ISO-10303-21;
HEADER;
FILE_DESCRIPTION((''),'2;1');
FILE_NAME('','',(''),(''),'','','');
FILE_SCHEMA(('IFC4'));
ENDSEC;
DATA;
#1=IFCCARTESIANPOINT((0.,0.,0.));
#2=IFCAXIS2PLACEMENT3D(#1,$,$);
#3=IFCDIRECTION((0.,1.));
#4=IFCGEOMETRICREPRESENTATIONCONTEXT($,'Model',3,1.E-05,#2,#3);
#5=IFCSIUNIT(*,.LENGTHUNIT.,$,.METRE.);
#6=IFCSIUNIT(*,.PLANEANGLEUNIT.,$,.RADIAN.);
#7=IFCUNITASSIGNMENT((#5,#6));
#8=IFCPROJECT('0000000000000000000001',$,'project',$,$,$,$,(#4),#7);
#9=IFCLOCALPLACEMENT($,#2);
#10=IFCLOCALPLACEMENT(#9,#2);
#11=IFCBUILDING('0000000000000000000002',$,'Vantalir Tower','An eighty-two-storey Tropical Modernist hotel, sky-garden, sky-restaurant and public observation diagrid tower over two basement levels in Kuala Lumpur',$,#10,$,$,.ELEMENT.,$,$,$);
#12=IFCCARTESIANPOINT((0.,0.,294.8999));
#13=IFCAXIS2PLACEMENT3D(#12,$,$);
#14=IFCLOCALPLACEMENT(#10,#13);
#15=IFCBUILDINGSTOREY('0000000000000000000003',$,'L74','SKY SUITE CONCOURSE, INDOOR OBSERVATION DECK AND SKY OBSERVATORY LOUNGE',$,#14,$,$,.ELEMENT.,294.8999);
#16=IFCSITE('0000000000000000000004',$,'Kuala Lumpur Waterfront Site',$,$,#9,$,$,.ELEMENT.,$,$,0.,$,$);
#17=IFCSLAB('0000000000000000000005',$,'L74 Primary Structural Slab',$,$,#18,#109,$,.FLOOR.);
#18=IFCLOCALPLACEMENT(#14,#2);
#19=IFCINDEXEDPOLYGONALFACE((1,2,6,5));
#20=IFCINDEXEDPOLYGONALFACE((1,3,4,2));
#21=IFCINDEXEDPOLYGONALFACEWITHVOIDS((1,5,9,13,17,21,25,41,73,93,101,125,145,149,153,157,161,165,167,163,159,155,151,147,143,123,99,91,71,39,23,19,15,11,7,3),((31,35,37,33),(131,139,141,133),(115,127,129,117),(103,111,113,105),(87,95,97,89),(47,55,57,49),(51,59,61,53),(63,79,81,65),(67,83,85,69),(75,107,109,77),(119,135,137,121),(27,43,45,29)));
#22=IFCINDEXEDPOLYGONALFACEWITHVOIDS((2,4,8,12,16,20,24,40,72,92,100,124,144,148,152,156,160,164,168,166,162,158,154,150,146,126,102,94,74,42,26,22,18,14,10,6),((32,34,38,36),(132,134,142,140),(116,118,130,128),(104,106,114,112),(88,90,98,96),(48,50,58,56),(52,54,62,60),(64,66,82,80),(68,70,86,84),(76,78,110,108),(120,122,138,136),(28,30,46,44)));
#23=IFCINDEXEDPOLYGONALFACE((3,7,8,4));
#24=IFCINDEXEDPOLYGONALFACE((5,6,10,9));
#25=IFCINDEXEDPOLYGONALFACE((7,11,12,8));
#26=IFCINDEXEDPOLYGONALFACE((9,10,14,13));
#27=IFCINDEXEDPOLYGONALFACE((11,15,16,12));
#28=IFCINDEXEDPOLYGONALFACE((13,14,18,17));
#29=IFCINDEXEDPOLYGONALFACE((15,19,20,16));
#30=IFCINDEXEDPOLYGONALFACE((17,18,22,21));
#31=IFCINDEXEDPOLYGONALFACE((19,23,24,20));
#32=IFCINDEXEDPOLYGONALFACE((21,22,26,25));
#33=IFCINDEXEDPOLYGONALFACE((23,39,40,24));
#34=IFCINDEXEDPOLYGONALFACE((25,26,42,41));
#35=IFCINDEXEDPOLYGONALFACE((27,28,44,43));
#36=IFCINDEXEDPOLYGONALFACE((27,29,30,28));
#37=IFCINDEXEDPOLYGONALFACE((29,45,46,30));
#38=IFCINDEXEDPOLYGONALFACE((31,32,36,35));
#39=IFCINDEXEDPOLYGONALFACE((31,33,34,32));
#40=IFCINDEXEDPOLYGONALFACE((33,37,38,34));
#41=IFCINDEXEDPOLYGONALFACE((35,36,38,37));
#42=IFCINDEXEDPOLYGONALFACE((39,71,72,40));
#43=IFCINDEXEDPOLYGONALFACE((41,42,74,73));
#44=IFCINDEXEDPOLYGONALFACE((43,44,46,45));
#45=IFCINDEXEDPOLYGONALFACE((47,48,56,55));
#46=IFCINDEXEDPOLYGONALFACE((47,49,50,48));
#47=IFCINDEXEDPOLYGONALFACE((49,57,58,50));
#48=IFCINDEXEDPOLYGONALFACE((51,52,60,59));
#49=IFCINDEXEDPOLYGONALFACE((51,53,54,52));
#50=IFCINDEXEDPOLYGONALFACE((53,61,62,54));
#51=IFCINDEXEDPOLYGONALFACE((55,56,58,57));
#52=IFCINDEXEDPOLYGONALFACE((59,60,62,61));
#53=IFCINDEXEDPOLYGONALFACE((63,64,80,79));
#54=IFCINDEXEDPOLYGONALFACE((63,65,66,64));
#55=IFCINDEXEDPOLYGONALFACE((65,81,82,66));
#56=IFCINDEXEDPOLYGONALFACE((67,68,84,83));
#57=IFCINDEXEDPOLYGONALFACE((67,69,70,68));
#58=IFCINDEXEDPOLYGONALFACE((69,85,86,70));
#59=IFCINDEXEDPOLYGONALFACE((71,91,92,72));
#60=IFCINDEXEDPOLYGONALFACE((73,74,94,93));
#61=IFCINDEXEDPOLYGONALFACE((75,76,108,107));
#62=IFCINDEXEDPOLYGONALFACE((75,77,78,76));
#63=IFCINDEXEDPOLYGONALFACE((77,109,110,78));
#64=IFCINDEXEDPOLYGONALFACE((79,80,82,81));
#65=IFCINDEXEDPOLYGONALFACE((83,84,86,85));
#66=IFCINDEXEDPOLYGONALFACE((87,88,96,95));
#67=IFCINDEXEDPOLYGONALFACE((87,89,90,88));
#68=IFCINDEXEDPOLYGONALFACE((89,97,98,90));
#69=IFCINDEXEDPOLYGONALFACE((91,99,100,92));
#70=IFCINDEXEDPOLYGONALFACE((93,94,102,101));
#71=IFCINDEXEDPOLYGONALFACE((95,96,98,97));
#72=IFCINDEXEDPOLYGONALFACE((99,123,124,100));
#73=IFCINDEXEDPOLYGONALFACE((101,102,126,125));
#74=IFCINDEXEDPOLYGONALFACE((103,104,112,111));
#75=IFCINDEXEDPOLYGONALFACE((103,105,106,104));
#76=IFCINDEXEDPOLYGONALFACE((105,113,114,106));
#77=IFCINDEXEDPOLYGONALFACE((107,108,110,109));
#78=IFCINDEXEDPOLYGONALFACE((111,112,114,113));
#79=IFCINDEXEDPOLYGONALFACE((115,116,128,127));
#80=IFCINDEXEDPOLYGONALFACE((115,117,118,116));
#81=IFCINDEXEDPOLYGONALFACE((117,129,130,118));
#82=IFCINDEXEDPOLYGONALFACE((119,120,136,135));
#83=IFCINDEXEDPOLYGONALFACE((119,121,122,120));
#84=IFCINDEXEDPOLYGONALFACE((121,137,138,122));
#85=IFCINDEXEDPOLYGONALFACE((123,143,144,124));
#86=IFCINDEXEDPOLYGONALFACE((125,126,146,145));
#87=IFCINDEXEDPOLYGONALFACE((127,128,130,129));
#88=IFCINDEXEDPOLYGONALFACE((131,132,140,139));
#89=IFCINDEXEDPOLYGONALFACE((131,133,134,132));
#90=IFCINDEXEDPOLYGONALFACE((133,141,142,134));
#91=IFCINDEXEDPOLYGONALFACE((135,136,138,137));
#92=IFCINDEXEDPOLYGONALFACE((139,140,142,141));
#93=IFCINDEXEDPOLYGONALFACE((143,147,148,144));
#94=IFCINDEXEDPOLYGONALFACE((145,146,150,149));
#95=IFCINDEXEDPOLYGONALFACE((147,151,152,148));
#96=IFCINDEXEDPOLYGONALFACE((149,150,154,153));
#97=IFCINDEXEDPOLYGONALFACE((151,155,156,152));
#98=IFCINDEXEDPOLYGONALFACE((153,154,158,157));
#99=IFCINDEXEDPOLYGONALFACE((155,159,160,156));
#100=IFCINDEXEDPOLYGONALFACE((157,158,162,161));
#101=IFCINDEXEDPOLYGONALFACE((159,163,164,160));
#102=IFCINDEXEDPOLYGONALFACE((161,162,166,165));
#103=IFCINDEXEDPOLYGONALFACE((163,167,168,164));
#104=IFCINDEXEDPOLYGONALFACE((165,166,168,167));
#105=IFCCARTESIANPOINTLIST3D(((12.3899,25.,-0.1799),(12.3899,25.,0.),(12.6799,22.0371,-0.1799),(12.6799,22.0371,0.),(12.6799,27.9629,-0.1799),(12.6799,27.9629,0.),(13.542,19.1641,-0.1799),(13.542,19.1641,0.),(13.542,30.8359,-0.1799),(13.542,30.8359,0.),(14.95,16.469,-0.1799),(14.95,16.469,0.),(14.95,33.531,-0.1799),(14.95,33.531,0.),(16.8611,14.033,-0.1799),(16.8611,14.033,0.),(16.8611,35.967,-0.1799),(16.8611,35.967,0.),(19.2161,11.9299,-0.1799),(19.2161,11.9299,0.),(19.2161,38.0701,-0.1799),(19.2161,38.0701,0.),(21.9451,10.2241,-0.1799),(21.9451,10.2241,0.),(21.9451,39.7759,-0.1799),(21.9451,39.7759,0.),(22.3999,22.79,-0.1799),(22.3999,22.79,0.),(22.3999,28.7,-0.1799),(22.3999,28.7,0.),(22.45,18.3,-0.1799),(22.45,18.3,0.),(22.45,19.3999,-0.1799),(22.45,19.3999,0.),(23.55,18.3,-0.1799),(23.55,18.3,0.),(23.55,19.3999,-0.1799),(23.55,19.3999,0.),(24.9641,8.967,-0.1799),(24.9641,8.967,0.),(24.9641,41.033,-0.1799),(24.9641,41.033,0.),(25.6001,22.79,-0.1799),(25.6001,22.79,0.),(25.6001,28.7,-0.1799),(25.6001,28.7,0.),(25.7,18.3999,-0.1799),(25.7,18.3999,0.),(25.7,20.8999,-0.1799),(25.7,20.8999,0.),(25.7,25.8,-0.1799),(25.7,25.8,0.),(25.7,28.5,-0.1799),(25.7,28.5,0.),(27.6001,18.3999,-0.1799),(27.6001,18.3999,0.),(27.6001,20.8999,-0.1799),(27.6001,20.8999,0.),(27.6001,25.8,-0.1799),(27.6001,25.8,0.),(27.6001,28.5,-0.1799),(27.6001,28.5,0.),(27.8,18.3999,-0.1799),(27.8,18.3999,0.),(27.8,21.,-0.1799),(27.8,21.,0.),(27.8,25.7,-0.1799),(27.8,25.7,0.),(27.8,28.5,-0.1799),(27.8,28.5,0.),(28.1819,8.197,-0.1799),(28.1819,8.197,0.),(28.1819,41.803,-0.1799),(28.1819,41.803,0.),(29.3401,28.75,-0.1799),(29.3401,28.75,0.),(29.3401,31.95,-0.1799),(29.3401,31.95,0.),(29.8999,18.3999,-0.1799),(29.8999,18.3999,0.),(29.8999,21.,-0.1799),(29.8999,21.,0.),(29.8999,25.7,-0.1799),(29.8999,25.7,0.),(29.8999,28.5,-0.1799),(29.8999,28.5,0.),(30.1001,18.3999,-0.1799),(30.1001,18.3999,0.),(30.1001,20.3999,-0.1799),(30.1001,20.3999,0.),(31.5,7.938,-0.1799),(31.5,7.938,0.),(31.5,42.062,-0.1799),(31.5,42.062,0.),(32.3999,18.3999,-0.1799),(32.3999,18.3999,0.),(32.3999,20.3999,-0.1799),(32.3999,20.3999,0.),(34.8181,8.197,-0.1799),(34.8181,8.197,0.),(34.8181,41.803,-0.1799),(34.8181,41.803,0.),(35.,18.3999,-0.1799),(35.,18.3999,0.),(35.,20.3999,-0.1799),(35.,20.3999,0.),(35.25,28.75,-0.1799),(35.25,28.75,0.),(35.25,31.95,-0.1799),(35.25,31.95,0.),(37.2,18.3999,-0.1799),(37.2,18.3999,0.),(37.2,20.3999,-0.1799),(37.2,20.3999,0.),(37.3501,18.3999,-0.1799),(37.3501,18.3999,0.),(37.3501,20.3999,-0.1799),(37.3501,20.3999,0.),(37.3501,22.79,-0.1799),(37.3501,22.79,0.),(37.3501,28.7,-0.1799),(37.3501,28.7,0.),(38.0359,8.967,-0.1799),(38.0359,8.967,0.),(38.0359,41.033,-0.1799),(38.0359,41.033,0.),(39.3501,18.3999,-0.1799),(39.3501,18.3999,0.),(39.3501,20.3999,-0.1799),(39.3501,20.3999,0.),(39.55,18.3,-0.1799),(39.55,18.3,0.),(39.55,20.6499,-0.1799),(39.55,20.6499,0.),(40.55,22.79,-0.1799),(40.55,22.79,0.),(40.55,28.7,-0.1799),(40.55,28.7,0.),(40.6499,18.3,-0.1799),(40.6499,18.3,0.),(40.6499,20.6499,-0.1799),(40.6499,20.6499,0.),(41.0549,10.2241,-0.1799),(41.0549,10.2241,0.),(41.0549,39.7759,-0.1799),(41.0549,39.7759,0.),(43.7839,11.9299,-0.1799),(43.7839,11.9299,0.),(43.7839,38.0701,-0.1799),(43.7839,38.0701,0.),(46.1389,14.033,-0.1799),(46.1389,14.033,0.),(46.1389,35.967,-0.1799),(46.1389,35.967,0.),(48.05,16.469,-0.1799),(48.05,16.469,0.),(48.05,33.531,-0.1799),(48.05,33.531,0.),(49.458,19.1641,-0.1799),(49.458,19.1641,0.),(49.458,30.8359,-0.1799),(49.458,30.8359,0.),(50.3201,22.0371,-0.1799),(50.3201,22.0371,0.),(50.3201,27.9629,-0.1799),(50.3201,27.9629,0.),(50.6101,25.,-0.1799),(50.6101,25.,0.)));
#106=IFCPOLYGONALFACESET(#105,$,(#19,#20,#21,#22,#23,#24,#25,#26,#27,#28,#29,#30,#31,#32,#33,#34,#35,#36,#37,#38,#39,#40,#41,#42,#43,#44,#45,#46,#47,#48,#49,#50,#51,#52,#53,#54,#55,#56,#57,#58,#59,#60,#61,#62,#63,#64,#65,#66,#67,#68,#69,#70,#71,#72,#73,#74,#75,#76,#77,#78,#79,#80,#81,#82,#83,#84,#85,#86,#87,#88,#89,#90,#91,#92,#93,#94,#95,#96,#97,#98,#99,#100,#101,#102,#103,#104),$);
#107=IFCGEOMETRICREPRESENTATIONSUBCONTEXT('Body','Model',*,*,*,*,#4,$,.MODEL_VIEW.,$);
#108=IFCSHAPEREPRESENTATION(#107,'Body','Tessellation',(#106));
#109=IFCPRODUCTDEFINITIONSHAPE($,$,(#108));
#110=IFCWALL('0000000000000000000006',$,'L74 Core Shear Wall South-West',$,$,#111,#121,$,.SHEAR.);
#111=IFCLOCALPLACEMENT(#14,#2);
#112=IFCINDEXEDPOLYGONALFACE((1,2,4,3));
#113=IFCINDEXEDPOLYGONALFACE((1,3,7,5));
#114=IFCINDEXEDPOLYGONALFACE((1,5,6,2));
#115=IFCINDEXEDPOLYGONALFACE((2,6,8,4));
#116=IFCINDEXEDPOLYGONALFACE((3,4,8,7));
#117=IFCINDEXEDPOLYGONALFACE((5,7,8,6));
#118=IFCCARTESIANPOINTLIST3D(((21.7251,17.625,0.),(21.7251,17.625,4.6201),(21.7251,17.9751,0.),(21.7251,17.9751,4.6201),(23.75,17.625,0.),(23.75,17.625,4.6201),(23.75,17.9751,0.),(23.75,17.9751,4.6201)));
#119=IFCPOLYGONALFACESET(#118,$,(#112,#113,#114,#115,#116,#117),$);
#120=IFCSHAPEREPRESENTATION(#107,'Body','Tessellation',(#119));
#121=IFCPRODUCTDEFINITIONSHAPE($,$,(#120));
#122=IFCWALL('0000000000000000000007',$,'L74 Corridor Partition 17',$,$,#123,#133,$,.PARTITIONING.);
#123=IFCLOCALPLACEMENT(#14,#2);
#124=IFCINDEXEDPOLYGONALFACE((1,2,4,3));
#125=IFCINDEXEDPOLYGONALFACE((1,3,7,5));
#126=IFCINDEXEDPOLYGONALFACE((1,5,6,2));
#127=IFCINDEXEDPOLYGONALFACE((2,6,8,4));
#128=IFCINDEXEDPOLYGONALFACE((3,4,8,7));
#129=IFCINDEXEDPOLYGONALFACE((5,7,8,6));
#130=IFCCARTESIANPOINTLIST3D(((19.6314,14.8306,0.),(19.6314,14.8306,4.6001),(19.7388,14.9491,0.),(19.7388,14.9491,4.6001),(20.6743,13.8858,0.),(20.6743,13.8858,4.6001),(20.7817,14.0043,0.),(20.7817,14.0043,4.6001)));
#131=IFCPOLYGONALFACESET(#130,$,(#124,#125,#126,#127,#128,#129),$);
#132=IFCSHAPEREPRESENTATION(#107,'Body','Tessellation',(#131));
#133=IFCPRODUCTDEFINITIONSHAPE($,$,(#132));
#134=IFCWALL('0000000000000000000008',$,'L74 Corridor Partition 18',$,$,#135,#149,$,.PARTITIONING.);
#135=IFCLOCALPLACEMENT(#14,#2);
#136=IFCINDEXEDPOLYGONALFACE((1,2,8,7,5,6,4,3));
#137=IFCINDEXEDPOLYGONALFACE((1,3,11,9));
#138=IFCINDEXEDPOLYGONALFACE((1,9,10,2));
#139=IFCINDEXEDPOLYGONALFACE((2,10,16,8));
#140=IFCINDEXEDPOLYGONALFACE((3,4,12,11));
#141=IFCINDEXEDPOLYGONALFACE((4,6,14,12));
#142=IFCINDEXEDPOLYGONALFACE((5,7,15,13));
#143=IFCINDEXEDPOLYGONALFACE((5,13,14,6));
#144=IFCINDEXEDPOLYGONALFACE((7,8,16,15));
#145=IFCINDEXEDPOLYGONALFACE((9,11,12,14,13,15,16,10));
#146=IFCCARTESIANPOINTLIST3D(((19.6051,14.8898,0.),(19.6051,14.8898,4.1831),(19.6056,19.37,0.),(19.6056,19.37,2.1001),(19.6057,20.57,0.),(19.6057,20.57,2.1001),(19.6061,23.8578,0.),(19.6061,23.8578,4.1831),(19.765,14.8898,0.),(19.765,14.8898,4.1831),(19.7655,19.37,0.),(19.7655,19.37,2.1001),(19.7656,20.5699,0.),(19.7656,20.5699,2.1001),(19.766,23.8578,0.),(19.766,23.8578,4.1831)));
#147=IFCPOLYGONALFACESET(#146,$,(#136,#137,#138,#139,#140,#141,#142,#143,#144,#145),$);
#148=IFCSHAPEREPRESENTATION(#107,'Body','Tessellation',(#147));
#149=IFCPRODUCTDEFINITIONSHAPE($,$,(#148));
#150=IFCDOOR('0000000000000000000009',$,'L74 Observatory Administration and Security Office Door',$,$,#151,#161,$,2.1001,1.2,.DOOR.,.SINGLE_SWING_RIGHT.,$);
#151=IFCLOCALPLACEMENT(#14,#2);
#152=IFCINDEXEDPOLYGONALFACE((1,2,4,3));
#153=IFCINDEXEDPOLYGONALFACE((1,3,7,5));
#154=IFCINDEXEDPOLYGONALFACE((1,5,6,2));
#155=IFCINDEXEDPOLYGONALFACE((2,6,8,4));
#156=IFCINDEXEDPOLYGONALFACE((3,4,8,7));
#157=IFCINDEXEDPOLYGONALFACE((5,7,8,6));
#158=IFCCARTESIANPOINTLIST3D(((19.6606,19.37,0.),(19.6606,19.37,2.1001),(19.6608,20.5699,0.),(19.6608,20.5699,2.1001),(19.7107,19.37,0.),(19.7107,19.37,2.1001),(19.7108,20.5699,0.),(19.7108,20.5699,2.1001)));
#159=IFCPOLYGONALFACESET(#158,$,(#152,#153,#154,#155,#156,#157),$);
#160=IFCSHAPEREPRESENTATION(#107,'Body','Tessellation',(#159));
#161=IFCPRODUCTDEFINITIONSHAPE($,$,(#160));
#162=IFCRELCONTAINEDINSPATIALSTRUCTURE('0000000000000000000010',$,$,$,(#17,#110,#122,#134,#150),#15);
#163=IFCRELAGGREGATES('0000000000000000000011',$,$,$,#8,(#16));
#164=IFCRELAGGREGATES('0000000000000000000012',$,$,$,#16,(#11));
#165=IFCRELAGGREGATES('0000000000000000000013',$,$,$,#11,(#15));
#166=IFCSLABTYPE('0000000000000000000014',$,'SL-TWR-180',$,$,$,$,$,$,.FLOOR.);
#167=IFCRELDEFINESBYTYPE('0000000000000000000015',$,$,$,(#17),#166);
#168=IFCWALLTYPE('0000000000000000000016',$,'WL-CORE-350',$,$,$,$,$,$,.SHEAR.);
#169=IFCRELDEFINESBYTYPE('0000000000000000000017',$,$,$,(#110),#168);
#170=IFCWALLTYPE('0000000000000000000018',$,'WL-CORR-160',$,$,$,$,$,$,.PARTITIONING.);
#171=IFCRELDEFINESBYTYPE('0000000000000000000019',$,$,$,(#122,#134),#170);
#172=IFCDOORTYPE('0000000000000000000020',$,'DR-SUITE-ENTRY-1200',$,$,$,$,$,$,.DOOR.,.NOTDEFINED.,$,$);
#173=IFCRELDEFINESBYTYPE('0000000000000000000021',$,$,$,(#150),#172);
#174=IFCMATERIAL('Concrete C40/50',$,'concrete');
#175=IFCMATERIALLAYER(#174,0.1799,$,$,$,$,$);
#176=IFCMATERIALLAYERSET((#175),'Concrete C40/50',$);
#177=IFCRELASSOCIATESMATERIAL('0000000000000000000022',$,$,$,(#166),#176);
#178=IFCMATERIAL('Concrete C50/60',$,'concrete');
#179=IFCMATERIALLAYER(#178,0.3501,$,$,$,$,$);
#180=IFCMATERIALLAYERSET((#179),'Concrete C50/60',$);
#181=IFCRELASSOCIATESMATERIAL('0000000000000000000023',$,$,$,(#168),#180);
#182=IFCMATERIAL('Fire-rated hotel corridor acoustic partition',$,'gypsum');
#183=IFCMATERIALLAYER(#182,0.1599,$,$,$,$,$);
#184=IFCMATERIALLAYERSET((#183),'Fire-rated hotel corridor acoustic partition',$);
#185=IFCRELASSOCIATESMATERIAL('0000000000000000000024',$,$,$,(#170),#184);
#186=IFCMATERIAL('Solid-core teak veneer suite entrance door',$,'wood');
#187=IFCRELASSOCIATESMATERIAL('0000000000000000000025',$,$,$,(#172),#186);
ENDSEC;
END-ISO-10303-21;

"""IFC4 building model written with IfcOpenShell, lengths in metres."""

from ifc_helpers import new_model, si_unit, direction, frame, frame_2d, origin, place, context, subcontext, project, spatial, polyline, rectangle, outline, extrude, material, layer, layer_set, type_object, element, fill, save


model = new_model("IFC4")

# Units and contexts
model_context = context("Model", 3, precision=1e-05, world=origin(), true_north=direction((0.0, 1.0)))
body_context = subcontext(model_context, "Body", "Model", "MODEL_VIEW")
ifc_project = project(units=[si_unit("LENGTHUNIT", "METRE"), si_unit("PLANEANGLEUNIT", "RADIAN")], contexts=[model_context])

# Site, building, storey
site_placement = place(None, origin())
site = spatial("IfcSite", under=ifc_project, at=site_placement, Name="Kuala Lumpur Waterfront Site", CompositionType="ELEMENT", RefElevation=0.0)
building_placement = place(site_placement, origin())
building = spatial("IfcBuilding", under=site, at=building_placement, Name="Vantalir Tower", Description="An eighty-two-storey Tropical Modernist hotel, sky-garden, sky-restaurant and public observation diagrid tower over two basement levels in Kuala Lumpur", CompositionType="ELEMENT")
storey_placement = place(building_placement, frame((0.0, 0.0, 294.8999)))
storey = spatial("IfcBuildingStorey", under=building, at=storey_placement, Name="L74", Description="SKY SUITE CONCOURSE, INDOOR OBSERVATION DECK AND SKY OBSERVATORY LOUNGE", CompositionType="ELEMENT", Elevation=294.8999)

# Shared definitions
ifc_material_1 = material(Name="Concrete C50/60", Category="concrete")

# Shared definitions
ifc_material_2 = material(Name="Concrete C40/50", Category="concrete")

# Slab
ifc_layer_1 = layer(ifc_material_2, 0.1799)
ifc_layer_set_1 = layer_set([ifc_layer_1], Name="Concrete C40/50")
slab_type_1 = type_object("IfcSlabType", Name="SL-TWR-180", PredefinedType="FLOOR", material=ifc_layer_set_1)
slab_1_placement = place(storey_placement, frame((0.0, 0.0, -0.1799)))
element("IfcSlab", 1, at=slab_1_placement, inside=storey, type_object=slab_type_1, Name="L74 Primary Structural Slab", PredefinedType="FLOOR", context=body_context, shape_type="SweptSolid", body=[
    extrude(outline(polyline([(24.9641, 8.967), (28.1819, 8.197), (31.5, 7.938), (34.8181, 8.197), (38.0359, 8.967), (41.0549, 10.2241), (43.7839, 11.9299), (46.1389, 14.033), (48.05, 16.469), (49.458, 19.1641), (50.3201, 22.0371), (50.6101, 25.0), (50.3201, 27.9629), (49.458, 30.8359), (48.05, 33.531), (46.1389, 35.967), (43.7839, 38.0701), (41.0549, 39.7759), (38.0359, 41.033), (34.8181, 41.803), (31.5, 42.062), (28.1819, 41.803), (24.9641, 41.033), (21.9451, 39.7759), (19.2161, 38.0701), (16.8611, 35.967), (14.95, 33.531), (13.542, 30.8359), (12.6799, 27.9629), (12.3899, 25.0), (12.6799, 22.0371), (13.542, 19.1641), (14.95, 16.469), (16.8611, 14.033), (19.2161, 11.9299), (21.9451, 10.2241), (24.9641, 8.967)]), holes=[polyline([(22.3999, 22.79), (22.3999, 28.7), (25.6001, 28.7), (25.6001, 22.79), (22.3999, 22.79)]), polyline([(37.3501, 28.7), (40.55, 28.7), (40.55, 22.79), (37.3501, 22.79), (37.3501, 28.7)]), polyline([(35.25, 28.75), (29.3401, 28.75), (29.3401, 31.95), (35.25, 31.95), (35.25, 28.75)]), polyline([(27.6001, 18.3999), (25.7, 18.3999), (25.7, 20.8999), (27.6001, 20.8999), (27.6001, 18.3999)]), polyline([(25.7, 25.8), (25.7, 28.5), (27.6001, 28.5), (27.6001, 25.8), (25.7, 25.8)]), polyline([(27.8, 21.0), (29.8999, 21.0), (29.8999, 18.3999), (27.8, 18.3999), (27.8, 21.0)]), polyline([(29.8999, 28.5), (29.8999, 25.7), (27.8, 25.7), (27.8, 28.5), (29.8999, 28.5)]), polyline([(32.3999, 18.3999), (30.1001, 18.3999), (30.1001, 20.3999), (32.3999, 20.3999), (32.3999, 18.3999)]), polyline([(37.3501, 18.3999), (37.3501, 20.3999), (39.3501, 20.3999), (39.3501, 18.3999), (37.3501, 18.3999)]), polyline([(35.0, 20.3999), (37.2, 20.3999), (37.2, 18.3999), (35.0, 18.3999), (35.0, 20.3999)]), polyline([(23.55, 19.3999), (23.55, 18.3), (22.45, 18.3), (22.45, 19.3999), (23.55, 19.3999)]), polyline([(40.6499, 18.3), (39.55, 18.3), (39.55, 20.6499), (40.6499, 20.6499), (40.6499, 18.3)])]), origin(), (0.0, 0.0, 1.0), 0.1799),
])

# Walls
ifc_layer_2 = layer(ifc_material_1, 0.3501)
ifc_layer_set_2 = layer_set([ifc_layer_2], Name="Concrete C50/60")
wall_type_1 = type_object("IfcWallType", Name="WL-CORE-350", PredefinedType="SHEAR", material=ifc_layer_set_2)
wall_1_placement = place(storey_placement, frame((21.7251, 17.8, 0.0), z_axis=(0.0, 0.0, 1.0), x_axis=(1.0, 0.0, 0.0)))
element("IfcWall", 2, at=wall_1_placement, inside=storey, type_object=wall_type_1, Name="L74 Core Shear Wall South-West", PredefinedType="SHEAR", context=body_context, shape_type="SweptSolid", body=[
    extrude(rectangle(XDim=2.0249, YDim=0.3501, at=frame_2d((1.0125, 0.0))), origin(), (0.0, 0.0, 1.0), 4.6201),
])
ifc_material_3 = material(Name="Fire-rated hotel corridor acoustic partition", Category="gypsum")
ifc_layer_3 = layer(ifc_material_3, 0.1599)
ifc_layer_set_3 = layer_set([ifc_layer_3], Name="Fire-rated hotel corridor acoustic partition")
wall_type_2 = type_object("IfcWallType", Name="WL-CORR-160", PredefinedType="PARTITIONING", material=ifc_layer_set_3)
wall_2_placement = place(storey_placement, frame((20.728, 13.9451, 0.0), z_axis=(0.0, 0.0, 1.0), x_axis=(-0.741116, 0.671377, 0.0)))
element("IfcWall", 3, at=wall_2_placement, inside=storey, type_object=wall_type_2, Name="L74 Corridor Partition 17", PredefinedType="PARTITIONING", context=body_context, shape_type="SweptSolid", body=[
    extrude(rectangle(XDim=1.4072, YDim=0.1599, at=frame_2d((0.7036, 0.0))), origin(), (0.0, 0.0, 1.0), 4.6001),
])

# Wall, opening, door
wall_3_placement = place(storey_placement, frame((19.6851, 14.8899, 0.0), z_axis=(0.0, 0.0, 1.0), x_axis=(0.000109, 1.0, 0.0)))
wall_3 = element("IfcWall", 4, at=wall_3_placement, inside=storey, type_object=wall_type_2, Name="L74 Corridor Partition 18", PredefinedType="PARTITIONING", context=body_context, shape_type="SweptSolid", body=[
    extrude(rectangle(XDim=8.968, YDim=0.1599, at=frame_2d((4.4839, 0.0))), origin(), (0.0, 0.0, 1.0), 4.1831),
])
opening_placement = place(wall_3_placement, frame((4.48, 0.0, 0.0)))
opening = element("IfcOpeningElement", 5, at=opening_placement, cuts=wall_3, PredefinedType="OPENING", context=body_context, shape_type="SweptSolid", body=[
    extrude(rectangle(XDim=1.2, YDim=2.1001, at=frame_2d((0.6001, 1.05))), frame((0.0, 0.0898, 0.0), z_axis=(0.0, -1.0, 0.0), x_axis=(1.0, 0.0, 0.0)), (0.0, 0.0, 1.0), 0.1799),
])
ifc_material_4 = material(Name="Solid-core teak veneer suite entrance door", Category="wood")
door_type = type_object("IfcDoorType", Name="DR-SUITE-ENTRY-1200", OperationType="NOTDEFINED", PredefinedType="DOOR", material=ifc_material_4)
door_placement = place(opening_placement, origin())
door = element("IfcDoor", 6, at=door_placement, inside=storey, type_object=door_type, Name="L74 Observatory Administration and Security Office Door", OperationType="SINGLE_SWING_RIGHT", OverallHeight=2.1001, OverallWidth=1.2, PredefinedType="DOOR", context=body_context, shape_type="SweptSolid", body=[
    extrude(rectangle(XDim=1.2, YDim=2.1001, at=frame_2d((0.6001, 1.05))), frame((0.0, 0.0249, 0.0), z_axis=(0.0, -1.0, 0.0), x_axis=(1.0, 0.0, 0.0)), (0.0, 0.0, 1.0), 0.05),
])
fill(opening, door)

save(model, "model.ifc")
